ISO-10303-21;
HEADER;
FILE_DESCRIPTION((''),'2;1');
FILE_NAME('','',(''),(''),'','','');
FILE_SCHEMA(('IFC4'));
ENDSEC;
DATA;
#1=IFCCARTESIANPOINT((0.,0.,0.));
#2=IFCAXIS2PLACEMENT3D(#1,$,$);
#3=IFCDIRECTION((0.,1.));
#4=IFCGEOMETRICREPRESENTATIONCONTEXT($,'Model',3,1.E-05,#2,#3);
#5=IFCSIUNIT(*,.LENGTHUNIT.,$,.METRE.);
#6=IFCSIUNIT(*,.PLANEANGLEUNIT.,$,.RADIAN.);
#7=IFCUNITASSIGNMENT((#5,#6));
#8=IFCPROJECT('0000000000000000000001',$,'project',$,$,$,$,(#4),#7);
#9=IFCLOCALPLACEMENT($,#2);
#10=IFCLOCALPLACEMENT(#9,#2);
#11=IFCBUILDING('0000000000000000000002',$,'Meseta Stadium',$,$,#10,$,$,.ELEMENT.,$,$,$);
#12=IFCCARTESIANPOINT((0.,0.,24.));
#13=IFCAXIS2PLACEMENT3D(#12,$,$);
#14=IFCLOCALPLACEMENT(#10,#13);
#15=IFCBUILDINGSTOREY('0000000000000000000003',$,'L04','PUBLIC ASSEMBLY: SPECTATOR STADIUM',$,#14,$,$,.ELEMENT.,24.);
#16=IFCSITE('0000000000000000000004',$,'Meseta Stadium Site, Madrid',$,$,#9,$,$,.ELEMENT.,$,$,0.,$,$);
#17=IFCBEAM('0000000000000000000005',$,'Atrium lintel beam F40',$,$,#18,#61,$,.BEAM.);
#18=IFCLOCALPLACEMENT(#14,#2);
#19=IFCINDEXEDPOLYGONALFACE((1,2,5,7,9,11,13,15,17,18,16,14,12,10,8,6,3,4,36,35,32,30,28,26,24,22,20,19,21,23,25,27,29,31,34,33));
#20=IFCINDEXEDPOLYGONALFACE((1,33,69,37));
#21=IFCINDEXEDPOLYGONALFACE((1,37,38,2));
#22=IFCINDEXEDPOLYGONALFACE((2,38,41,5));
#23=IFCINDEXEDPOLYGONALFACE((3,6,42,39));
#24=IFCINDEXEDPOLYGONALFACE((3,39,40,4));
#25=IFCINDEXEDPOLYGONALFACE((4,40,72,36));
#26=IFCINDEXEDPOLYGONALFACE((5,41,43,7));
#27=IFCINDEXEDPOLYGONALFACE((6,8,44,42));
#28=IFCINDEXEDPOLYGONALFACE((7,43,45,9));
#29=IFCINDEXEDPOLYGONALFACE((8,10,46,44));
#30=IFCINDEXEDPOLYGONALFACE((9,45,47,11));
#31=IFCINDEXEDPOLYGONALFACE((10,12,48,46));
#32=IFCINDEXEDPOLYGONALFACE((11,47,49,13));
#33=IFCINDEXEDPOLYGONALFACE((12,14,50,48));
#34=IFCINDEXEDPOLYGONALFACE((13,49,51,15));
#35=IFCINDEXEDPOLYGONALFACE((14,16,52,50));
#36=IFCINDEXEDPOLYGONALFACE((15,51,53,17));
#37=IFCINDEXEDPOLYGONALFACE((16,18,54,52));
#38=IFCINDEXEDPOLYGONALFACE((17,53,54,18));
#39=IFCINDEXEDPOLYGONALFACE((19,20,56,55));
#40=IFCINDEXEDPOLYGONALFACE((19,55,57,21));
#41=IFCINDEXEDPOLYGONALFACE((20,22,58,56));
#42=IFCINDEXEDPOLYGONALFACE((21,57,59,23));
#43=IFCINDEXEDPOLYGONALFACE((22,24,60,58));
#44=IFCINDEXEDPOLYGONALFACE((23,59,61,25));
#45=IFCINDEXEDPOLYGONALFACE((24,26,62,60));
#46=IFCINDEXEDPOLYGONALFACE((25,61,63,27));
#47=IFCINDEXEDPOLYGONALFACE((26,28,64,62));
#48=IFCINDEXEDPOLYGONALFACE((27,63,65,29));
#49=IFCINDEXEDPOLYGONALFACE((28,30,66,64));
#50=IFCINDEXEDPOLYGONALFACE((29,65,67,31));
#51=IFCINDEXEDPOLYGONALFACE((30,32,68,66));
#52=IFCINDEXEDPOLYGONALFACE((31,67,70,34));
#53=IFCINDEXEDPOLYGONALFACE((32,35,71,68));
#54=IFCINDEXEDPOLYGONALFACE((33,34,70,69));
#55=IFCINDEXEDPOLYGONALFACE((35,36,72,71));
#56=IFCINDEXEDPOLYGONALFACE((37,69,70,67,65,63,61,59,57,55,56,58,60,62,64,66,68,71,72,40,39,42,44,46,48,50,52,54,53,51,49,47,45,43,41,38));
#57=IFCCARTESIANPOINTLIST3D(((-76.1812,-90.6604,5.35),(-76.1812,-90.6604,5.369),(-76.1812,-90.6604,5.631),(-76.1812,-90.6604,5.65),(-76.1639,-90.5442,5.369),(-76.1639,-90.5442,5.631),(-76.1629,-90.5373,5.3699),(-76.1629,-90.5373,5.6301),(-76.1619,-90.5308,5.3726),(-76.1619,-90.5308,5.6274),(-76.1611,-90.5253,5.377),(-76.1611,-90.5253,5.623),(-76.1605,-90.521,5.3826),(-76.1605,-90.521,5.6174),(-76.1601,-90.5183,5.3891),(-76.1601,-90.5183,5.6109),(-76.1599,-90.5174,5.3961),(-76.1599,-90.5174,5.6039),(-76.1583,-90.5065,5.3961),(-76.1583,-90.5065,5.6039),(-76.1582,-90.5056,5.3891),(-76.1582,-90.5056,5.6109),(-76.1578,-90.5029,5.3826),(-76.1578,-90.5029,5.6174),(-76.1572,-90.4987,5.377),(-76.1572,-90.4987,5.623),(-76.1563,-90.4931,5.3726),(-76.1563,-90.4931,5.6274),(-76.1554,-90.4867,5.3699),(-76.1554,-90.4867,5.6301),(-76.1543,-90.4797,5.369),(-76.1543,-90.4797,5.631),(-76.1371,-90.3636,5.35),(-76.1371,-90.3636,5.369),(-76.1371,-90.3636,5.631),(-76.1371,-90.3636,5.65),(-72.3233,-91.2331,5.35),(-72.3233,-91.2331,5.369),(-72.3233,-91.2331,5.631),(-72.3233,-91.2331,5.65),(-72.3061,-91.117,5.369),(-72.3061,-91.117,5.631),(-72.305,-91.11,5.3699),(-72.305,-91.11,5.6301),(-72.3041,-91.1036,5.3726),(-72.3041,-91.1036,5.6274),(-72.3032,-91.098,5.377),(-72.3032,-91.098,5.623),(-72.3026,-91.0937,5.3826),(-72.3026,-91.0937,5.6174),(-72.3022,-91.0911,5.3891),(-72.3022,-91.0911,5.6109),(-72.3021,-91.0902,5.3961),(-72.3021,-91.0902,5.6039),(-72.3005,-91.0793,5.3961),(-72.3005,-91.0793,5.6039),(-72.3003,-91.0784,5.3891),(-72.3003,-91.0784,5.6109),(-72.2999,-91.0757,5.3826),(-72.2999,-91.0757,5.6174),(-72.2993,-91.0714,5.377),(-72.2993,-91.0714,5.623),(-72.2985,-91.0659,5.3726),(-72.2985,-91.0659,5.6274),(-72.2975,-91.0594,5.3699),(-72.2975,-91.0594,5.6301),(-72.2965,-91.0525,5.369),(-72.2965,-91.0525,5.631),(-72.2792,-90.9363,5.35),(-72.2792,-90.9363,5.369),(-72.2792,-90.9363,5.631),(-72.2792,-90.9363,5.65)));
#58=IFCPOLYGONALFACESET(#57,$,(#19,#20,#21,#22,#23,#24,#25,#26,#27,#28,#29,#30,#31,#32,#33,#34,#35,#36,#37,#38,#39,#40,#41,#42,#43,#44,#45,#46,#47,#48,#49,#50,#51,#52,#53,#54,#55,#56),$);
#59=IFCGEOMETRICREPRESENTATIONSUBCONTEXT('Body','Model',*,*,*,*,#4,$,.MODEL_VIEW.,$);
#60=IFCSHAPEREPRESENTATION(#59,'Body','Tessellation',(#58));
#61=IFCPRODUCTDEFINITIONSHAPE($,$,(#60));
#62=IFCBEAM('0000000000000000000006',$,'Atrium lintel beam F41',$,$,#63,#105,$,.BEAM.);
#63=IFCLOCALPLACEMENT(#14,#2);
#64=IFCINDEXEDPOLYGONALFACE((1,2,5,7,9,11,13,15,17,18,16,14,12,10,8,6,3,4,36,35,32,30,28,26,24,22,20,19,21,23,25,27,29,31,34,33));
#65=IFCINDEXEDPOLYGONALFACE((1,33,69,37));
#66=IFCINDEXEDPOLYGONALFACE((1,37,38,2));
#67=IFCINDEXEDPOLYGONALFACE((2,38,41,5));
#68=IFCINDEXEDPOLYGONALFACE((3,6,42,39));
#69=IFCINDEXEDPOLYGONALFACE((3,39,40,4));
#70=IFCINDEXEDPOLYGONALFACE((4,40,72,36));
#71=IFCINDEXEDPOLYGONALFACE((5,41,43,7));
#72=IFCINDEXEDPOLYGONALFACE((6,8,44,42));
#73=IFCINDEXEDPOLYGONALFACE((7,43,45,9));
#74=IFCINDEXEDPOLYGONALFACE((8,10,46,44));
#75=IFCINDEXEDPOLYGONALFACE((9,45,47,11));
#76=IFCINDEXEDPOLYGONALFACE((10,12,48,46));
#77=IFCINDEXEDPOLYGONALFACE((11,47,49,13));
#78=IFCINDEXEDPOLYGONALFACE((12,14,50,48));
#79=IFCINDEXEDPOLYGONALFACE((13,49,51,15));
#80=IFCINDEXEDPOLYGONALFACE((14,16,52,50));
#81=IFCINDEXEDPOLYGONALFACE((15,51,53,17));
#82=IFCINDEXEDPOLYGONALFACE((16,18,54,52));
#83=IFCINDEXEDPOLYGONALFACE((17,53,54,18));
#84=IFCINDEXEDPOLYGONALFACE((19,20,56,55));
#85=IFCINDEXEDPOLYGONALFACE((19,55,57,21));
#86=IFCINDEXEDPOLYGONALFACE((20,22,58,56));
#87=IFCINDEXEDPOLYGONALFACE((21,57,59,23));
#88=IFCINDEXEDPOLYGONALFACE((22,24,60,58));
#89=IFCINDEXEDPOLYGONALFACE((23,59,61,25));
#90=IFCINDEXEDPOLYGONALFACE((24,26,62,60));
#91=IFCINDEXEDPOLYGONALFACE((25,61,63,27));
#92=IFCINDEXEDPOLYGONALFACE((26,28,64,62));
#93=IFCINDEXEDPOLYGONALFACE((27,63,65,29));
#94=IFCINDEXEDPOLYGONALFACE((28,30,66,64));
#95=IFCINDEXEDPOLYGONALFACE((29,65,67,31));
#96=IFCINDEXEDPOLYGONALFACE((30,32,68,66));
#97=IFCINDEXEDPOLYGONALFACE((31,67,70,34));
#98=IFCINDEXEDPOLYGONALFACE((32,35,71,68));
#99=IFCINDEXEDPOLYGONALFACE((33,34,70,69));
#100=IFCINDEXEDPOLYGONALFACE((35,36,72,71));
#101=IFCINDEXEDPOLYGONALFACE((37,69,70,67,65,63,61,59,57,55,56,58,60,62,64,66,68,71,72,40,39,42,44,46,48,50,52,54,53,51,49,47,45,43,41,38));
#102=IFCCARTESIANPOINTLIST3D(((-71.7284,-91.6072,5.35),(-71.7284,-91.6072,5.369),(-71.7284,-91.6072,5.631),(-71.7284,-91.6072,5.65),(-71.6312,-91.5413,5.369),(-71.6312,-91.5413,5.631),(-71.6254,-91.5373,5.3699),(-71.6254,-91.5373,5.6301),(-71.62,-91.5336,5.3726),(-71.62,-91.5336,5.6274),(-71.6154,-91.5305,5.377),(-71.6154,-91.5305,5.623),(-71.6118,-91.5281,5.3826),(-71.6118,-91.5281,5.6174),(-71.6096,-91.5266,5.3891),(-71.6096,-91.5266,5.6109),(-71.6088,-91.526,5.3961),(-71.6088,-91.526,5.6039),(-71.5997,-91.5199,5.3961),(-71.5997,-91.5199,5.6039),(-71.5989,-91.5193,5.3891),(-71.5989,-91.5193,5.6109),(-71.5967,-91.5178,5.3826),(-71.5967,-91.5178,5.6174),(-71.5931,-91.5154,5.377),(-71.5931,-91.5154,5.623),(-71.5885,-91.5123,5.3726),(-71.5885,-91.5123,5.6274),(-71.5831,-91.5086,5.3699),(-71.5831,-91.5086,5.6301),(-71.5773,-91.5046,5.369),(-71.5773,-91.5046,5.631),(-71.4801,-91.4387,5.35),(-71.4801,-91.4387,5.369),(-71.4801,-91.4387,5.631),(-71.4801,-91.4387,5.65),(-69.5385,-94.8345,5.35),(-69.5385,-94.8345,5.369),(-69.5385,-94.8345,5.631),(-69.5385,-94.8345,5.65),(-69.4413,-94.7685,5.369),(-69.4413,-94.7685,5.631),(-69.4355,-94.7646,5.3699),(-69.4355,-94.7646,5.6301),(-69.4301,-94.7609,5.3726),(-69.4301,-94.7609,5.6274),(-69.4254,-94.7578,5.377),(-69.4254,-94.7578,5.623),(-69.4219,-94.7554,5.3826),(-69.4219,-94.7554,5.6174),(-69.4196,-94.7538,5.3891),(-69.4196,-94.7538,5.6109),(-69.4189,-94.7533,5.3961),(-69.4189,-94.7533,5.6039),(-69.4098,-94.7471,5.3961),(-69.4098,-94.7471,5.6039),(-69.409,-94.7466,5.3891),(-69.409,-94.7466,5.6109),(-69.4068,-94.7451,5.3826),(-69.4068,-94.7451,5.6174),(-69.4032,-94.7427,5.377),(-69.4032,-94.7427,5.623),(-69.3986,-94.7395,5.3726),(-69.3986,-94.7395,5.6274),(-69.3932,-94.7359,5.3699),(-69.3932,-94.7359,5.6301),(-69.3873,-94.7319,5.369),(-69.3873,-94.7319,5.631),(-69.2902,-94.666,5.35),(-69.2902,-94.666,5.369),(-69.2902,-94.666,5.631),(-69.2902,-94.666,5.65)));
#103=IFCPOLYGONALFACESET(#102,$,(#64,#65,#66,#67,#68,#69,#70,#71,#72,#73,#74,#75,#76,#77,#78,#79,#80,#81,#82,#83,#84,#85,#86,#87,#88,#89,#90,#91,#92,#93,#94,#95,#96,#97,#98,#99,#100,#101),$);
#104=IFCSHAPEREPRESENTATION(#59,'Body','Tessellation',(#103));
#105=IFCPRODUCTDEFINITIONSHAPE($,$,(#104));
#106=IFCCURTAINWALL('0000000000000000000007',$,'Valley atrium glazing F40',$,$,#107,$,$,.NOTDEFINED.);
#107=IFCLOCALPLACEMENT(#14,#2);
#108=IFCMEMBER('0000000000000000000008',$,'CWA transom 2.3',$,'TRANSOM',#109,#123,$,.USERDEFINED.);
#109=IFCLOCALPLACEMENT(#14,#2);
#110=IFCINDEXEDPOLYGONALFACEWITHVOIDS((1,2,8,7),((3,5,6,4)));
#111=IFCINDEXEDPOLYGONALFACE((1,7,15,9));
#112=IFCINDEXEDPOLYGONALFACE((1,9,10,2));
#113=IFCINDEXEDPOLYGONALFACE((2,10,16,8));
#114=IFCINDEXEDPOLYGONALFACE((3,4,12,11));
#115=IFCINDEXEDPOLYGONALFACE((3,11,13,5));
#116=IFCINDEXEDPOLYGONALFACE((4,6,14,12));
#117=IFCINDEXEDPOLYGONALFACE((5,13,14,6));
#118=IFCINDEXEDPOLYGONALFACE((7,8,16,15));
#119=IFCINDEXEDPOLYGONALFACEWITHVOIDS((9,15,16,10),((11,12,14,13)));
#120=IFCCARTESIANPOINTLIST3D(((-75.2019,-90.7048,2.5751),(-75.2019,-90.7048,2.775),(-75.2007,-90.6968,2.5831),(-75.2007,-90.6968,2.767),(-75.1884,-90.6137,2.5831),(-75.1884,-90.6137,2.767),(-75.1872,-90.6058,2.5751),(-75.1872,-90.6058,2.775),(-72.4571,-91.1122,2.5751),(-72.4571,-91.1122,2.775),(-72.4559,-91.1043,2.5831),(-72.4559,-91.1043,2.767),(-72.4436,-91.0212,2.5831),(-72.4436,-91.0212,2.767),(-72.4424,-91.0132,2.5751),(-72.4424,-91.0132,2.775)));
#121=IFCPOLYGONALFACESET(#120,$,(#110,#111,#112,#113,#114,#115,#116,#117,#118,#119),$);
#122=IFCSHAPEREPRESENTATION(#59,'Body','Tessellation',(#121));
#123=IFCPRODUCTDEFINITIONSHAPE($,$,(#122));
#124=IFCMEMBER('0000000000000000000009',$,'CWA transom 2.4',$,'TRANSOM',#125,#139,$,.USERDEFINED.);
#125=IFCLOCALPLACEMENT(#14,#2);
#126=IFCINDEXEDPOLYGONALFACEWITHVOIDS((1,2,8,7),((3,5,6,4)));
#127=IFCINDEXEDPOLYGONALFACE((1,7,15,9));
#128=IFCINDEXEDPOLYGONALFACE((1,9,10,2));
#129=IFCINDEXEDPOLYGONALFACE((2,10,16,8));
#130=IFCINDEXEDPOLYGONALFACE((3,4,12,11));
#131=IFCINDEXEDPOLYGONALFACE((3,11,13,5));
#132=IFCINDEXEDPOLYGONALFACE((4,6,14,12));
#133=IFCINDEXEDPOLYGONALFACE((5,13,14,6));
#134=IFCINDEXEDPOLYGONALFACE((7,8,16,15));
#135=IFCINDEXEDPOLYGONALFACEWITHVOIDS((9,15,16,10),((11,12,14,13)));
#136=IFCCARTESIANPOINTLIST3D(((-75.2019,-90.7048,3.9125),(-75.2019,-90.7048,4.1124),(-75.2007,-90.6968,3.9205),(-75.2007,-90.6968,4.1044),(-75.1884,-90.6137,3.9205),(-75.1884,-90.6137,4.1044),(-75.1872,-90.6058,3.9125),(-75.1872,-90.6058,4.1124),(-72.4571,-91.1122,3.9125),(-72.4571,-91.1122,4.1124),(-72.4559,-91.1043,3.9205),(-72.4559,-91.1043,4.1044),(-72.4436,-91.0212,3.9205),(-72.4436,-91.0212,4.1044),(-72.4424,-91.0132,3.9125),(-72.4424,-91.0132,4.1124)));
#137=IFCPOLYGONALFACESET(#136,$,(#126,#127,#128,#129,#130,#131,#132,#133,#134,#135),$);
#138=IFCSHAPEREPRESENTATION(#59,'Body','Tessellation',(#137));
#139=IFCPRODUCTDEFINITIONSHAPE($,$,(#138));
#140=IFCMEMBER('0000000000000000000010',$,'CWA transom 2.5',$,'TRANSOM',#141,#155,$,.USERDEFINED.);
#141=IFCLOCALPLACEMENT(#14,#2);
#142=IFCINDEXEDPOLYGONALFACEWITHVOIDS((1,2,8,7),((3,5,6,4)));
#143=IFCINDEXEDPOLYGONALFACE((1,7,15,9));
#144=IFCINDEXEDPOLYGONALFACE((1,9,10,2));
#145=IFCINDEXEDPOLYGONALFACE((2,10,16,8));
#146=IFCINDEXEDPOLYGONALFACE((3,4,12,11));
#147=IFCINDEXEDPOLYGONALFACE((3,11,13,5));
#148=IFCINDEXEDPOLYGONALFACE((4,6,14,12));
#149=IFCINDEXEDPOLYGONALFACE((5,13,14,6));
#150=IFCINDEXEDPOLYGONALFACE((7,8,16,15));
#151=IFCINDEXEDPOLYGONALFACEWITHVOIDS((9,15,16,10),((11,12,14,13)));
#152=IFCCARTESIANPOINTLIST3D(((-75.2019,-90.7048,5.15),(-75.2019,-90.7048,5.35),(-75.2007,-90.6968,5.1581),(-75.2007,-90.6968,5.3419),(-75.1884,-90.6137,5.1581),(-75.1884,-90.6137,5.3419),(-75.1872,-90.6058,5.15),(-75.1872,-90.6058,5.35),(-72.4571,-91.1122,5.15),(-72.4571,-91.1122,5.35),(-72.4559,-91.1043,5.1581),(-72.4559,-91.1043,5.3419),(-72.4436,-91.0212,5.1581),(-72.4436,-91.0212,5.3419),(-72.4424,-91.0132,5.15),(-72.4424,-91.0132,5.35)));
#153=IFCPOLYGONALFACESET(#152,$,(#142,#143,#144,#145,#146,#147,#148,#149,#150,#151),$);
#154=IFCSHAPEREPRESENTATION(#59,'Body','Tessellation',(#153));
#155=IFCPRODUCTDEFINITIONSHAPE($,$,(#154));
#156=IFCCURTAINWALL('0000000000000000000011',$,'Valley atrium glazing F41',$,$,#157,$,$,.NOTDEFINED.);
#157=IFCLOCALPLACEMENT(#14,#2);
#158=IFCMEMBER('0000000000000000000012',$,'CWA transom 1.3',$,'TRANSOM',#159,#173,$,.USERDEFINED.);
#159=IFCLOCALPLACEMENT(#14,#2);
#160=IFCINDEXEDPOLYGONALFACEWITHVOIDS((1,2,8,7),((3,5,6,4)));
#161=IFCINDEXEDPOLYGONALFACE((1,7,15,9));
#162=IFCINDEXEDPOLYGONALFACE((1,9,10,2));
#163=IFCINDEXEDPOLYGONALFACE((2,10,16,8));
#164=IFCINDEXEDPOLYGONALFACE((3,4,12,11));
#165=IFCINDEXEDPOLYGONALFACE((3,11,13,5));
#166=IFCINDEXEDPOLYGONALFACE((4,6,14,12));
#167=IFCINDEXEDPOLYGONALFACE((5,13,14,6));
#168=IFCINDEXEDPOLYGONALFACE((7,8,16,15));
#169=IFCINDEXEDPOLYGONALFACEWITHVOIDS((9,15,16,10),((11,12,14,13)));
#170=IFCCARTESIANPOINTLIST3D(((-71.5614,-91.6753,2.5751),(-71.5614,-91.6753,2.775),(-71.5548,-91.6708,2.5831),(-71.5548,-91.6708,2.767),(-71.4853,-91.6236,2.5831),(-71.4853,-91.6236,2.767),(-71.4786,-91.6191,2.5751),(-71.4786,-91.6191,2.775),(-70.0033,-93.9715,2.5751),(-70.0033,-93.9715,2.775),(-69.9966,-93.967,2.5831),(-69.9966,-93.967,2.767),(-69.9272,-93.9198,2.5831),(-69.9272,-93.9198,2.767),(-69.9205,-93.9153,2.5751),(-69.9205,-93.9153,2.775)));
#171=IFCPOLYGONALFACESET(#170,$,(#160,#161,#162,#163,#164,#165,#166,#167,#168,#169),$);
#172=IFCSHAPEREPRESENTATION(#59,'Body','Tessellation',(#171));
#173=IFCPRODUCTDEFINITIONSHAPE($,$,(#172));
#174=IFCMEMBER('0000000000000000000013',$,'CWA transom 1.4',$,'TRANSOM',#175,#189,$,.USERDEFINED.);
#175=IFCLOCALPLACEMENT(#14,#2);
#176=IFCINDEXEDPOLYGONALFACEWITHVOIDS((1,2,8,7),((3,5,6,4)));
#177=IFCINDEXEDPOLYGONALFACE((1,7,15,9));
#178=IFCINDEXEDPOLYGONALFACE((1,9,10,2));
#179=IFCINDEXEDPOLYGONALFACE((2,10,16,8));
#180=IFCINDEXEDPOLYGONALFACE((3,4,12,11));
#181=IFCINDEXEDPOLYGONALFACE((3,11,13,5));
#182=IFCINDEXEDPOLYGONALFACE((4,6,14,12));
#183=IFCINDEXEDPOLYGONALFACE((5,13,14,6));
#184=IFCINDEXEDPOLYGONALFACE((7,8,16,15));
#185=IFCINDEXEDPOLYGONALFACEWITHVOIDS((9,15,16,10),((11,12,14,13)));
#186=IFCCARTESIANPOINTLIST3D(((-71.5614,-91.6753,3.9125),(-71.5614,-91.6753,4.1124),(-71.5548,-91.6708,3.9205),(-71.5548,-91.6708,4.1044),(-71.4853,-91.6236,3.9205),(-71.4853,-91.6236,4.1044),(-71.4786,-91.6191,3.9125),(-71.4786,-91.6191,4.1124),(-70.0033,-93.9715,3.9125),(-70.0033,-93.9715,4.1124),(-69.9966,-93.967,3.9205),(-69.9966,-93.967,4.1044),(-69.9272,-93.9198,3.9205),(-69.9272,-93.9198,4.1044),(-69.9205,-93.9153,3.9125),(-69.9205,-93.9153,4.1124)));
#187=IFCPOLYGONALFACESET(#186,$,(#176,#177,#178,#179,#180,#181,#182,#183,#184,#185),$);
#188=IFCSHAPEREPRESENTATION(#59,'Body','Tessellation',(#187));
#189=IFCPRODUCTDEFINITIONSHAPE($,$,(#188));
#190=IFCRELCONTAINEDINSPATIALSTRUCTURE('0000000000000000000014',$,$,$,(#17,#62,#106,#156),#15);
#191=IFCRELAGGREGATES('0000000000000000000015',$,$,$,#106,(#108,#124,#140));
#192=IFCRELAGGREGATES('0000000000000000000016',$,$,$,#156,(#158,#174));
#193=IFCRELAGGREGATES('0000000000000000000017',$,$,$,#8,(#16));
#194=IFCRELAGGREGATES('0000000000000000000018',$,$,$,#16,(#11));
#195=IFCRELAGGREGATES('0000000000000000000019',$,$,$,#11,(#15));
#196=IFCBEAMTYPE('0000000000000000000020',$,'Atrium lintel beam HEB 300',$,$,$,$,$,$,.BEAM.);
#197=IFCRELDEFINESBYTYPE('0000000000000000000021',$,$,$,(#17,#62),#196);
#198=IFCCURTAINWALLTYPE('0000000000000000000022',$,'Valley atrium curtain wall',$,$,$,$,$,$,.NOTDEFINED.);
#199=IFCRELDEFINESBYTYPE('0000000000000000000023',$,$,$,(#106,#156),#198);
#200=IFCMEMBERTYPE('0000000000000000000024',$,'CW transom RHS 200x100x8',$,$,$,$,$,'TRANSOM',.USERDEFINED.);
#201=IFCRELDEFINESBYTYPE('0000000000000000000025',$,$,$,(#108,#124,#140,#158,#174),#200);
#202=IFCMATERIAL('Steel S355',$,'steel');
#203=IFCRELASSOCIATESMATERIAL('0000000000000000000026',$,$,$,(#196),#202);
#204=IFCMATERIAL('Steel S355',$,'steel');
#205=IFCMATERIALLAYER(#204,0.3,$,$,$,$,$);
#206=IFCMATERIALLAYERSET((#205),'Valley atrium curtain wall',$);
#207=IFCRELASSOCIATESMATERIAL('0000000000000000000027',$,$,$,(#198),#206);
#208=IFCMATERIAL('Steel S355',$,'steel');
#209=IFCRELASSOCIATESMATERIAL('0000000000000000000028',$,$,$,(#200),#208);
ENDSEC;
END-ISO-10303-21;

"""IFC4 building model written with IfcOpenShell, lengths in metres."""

from ifc_helpers import new_model, si_unit, direction, frame, origin, origin_2d, place, context, subcontext, project, spatial, hollow_rectangle, i_section, extrude, material, layer, layer_set, material_profile, profile_set, type_object, element, aggregate, save


model = new_model("IFC4")

# Units and contexts
model_context = context("Model", 3, precision=1e-05, world=origin(), true_north=direction((0.0, 1.0)))
body_context = subcontext(model_context, "Body", "Model", "MODEL_VIEW")
ifc_project = project(units=[si_unit("LENGTHUNIT", "METRE"), si_unit("PLANEANGLEUNIT", "RADIAN")], contexts=[model_context])

# Site, building, storey
site_placement = place(None, origin())
site = spatial("IfcSite", under=ifc_project, at=site_placement, Name="Meseta Stadium Site, Madrid", CompositionType="ELEMENT", RefElevation=0.0)
building_placement = place(site_placement, origin())
building = spatial("IfcBuilding", under=site, at=building_placement, Name="Meseta Stadium", CompositionType="ELEMENT")
storey_placement = place(building_placement, frame((0.0, 0.0, 24.0)))
storey = spatial("IfcBuildingStorey", under=building, at=storey_placement, Name="L04", Description="PUBLIC ASSEMBLY: SPECTATOR STADIUM", CompositionType="ELEMENT", Elevation=24.0)

# Beams
ifc_material_1 = material(Name="Steel S355", Category="steel")
ifc_material_profile_1 = material_profile(ifc_material_1, i_section(OverallWidth=0.3, OverallDepth=0.3, WebThickness=0.011, FlangeThickness=0.019, FilletRadius=0.0271, at=origin_2d()), Name="HEB 300")
ifc_profile_set_1 = profile_set([ifc_material_profile_1], Name="Steel S355")
beam_type = type_object("IfcBeamType", Name="Atrium lintel beam HEB 300", PredefinedType="BEAM", material=ifc_profile_set_1)
for number, where, z_axis, x_axis, name in (
    (1, (-72.3013, -91.0847, 5.5), (-0.989158, 0.146853, 0.0), (-0.146853, -0.989158, 0.0), "Atrium lintel beam F40"),
    (2, (-71.6042, -91.5229, 5.5), (0.5615, -0.827477, 0.0), (0.827477, 0.5615, 0.0), "Atrium lintel beam F41"),
):
    element("IfcBeam", number, at=place(storey_placement, frame(where, z_axis=z_axis, x_axis=x_axis)), inside=storey, type_object=beam_type, Name=name, PredefinedType="BEAM", context=body_context, shape_type="SweptSolid", body=[
        extrude(i_section(OverallWidth=0.3, OverallDepth=0.3, WebThickness=0.011, FlangeThickness=0.019, FilletRadius=0.0271, at=origin_2d()), origin(), (0.0, 0.0, 1.0), 3.9001),
    ])

# Curtain walls, members
ifc_material_2 = material(Name="Steel S355", Category="steel")
ifc_layer_1 = layer(ifc_material_2, 0.3)
ifc_layer_set_1 = layer_set([ifc_layer_1], Name="Valley atrium curtain wall")
curtain_wall_type = type_object("IfcCurtainWallType", Name="Valley atrium curtain wall", PredefinedType="NOTDEFINED", material=ifc_layer_set_1)
curtain_wall_1_placement = place(storey_placement, origin())
curtain_wall_1 = element("IfcCurtainWall", 3, at=curtain_wall_1_placement, inside=storey, type_object=curtain_wall_type, Name="Valley atrium glazing F40", PredefinedType="NOTDEFINED")
ifc_material_3 = material(Name="Steel S355", Category="steel")
ifc_material_profile_2 = material_profile(ifc_material_3, hollow_rectangle(XDim=0.1001, YDim=0.2, WallThickness=0.0081, at=origin_2d()), Name="RHS 200x100x8")
ifc_profile_set_2 = profile_set([ifc_material_profile_2], Name="Steel S355")
member_type_1 = type_object("IfcMemberType", Name="CW transom RHS 200x100x8", ElementType="TRANSOM", PredefinedType="USERDEFINED", material=ifc_profile_set_2)
member_1_placement = place(storey_placement, frame((-75.1946, -90.6553, 2.675), z_axis=(0.98916, -0.146839, 0.0), x_axis=(0.146839, 0.98916, 0.0)))
member_1 = element("IfcMember", 4, at=member_1_placement, type_object=member_type_1, Name="CWA transom 2.3", ObjectType="TRANSOM", PredefinedType="USERDEFINED", context=body_context, shape_type="SweptSolid", body=[
    extrude(hollow_rectangle(XDim=0.1001, YDim=0.2, WallThickness=0.0081, at=origin_2d()), origin(), (0.0, 0.0, 1.0), 2.7749),
])
member_2_placement = place(storey_placement, frame((-75.1946, -90.6553, 4.0125), z_axis=(0.98916, -0.146839, 0.0), x_axis=(0.146839, 0.98916, 0.0)))
member_2 = element("IfcMember", 5, at=member_2_placement, type_object=member_type_1, Name="CWA transom 2.4", ObjectType="TRANSOM", PredefinedType="USERDEFINED", context=body_context, shape_type="SweptSolid", body=[
    extrude(hollow_rectangle(XDim=0.1001, YDim=0.2, WallThickness=0.0081, at=origin_2d()), origin(), (0.0, 0.0, 1.0), 2.7749),
])
member_3_placement = place(storey_placement, frame((-75.1946, -90.6553, 5.25), z_axis=(0.98916, -0.146839, 0.0), x_axis=(0.146839, 0.98916, 0.0)))
member_3 = element("IfcMember", 6, at=member_3_placement, type_object=member_type_1, Name="CWA transom 2.5", ObjectType="TRANSOM", PredefinedType="USERDEFINED", context=body_context, shape_type="SweptSolid", body=[
    extrude(hollow_rectangle(XDim=0.1001, YDim=0.2, WallThickness=0.0081, at=origin_2d()), origin(), (0.0, 0.0, 1.0), 2.7749),
])
curtain_wall_2_placement = place(storey_placement, origin())
curtain_wall_2 = element("IfcCurtainWall", 7, at=curtain_wall_2_placement, inside=storey, type_object=curtain_wall_type, Name="Valley atrium glazing F41", PredefinedType="NOTDEFINED")
member_4_placement = place(storey_placement, frame((-71.52, -91.6472, 2.675), z_axis=(0.561504, -0.827474, 0.0), x_axis=(0.827474, 0.561504, 0.0)))
member_4 = element("IfcMember", 8, at=member_4_placement, type_object=member_type_1, Name="CWA transom 1.3", ObjectType="TRANSOM", PredefinedType="USERDEFINED", context=body_context, shape_type="SweptSolid", body=[
    extrude(hollow_rectangle(XDim=0.1001, YDim=0.2, WallThickness=0.0081, at=origin_2d()), origin(), (0.0, 0.0, 1.0), 2.7749),
])
member_5_placement = place(storey_placement, frame((-71.52, -91.6472, 4.0125), z_axis=(0.561504, -0.827474, 0.0), x_axis=(0.827474, 0.561504, 0.0)))
member_5 = element("IfcMember", 9, at=member_5_placement, type_object=member_type_1, Name="CWA transom 1.4", ObjectType="TRANSOM", PredefinedType="USERDEFINED", context=body_context, shape_type="SweptSolid", body=[
    extrude(hollow_rectangle(XDim=0.1001, YDim=0.2, WallThickness=0.0081, at=origin_2d()), origin(), (0.0, 0.0, 1.0), 2.7749),
])

aggregate(curtain_wall_1, [member_1, member_2, member_3])
aggregate(curtain_wall_2, [member_4, member_5])

save(model, "model.ifc")
